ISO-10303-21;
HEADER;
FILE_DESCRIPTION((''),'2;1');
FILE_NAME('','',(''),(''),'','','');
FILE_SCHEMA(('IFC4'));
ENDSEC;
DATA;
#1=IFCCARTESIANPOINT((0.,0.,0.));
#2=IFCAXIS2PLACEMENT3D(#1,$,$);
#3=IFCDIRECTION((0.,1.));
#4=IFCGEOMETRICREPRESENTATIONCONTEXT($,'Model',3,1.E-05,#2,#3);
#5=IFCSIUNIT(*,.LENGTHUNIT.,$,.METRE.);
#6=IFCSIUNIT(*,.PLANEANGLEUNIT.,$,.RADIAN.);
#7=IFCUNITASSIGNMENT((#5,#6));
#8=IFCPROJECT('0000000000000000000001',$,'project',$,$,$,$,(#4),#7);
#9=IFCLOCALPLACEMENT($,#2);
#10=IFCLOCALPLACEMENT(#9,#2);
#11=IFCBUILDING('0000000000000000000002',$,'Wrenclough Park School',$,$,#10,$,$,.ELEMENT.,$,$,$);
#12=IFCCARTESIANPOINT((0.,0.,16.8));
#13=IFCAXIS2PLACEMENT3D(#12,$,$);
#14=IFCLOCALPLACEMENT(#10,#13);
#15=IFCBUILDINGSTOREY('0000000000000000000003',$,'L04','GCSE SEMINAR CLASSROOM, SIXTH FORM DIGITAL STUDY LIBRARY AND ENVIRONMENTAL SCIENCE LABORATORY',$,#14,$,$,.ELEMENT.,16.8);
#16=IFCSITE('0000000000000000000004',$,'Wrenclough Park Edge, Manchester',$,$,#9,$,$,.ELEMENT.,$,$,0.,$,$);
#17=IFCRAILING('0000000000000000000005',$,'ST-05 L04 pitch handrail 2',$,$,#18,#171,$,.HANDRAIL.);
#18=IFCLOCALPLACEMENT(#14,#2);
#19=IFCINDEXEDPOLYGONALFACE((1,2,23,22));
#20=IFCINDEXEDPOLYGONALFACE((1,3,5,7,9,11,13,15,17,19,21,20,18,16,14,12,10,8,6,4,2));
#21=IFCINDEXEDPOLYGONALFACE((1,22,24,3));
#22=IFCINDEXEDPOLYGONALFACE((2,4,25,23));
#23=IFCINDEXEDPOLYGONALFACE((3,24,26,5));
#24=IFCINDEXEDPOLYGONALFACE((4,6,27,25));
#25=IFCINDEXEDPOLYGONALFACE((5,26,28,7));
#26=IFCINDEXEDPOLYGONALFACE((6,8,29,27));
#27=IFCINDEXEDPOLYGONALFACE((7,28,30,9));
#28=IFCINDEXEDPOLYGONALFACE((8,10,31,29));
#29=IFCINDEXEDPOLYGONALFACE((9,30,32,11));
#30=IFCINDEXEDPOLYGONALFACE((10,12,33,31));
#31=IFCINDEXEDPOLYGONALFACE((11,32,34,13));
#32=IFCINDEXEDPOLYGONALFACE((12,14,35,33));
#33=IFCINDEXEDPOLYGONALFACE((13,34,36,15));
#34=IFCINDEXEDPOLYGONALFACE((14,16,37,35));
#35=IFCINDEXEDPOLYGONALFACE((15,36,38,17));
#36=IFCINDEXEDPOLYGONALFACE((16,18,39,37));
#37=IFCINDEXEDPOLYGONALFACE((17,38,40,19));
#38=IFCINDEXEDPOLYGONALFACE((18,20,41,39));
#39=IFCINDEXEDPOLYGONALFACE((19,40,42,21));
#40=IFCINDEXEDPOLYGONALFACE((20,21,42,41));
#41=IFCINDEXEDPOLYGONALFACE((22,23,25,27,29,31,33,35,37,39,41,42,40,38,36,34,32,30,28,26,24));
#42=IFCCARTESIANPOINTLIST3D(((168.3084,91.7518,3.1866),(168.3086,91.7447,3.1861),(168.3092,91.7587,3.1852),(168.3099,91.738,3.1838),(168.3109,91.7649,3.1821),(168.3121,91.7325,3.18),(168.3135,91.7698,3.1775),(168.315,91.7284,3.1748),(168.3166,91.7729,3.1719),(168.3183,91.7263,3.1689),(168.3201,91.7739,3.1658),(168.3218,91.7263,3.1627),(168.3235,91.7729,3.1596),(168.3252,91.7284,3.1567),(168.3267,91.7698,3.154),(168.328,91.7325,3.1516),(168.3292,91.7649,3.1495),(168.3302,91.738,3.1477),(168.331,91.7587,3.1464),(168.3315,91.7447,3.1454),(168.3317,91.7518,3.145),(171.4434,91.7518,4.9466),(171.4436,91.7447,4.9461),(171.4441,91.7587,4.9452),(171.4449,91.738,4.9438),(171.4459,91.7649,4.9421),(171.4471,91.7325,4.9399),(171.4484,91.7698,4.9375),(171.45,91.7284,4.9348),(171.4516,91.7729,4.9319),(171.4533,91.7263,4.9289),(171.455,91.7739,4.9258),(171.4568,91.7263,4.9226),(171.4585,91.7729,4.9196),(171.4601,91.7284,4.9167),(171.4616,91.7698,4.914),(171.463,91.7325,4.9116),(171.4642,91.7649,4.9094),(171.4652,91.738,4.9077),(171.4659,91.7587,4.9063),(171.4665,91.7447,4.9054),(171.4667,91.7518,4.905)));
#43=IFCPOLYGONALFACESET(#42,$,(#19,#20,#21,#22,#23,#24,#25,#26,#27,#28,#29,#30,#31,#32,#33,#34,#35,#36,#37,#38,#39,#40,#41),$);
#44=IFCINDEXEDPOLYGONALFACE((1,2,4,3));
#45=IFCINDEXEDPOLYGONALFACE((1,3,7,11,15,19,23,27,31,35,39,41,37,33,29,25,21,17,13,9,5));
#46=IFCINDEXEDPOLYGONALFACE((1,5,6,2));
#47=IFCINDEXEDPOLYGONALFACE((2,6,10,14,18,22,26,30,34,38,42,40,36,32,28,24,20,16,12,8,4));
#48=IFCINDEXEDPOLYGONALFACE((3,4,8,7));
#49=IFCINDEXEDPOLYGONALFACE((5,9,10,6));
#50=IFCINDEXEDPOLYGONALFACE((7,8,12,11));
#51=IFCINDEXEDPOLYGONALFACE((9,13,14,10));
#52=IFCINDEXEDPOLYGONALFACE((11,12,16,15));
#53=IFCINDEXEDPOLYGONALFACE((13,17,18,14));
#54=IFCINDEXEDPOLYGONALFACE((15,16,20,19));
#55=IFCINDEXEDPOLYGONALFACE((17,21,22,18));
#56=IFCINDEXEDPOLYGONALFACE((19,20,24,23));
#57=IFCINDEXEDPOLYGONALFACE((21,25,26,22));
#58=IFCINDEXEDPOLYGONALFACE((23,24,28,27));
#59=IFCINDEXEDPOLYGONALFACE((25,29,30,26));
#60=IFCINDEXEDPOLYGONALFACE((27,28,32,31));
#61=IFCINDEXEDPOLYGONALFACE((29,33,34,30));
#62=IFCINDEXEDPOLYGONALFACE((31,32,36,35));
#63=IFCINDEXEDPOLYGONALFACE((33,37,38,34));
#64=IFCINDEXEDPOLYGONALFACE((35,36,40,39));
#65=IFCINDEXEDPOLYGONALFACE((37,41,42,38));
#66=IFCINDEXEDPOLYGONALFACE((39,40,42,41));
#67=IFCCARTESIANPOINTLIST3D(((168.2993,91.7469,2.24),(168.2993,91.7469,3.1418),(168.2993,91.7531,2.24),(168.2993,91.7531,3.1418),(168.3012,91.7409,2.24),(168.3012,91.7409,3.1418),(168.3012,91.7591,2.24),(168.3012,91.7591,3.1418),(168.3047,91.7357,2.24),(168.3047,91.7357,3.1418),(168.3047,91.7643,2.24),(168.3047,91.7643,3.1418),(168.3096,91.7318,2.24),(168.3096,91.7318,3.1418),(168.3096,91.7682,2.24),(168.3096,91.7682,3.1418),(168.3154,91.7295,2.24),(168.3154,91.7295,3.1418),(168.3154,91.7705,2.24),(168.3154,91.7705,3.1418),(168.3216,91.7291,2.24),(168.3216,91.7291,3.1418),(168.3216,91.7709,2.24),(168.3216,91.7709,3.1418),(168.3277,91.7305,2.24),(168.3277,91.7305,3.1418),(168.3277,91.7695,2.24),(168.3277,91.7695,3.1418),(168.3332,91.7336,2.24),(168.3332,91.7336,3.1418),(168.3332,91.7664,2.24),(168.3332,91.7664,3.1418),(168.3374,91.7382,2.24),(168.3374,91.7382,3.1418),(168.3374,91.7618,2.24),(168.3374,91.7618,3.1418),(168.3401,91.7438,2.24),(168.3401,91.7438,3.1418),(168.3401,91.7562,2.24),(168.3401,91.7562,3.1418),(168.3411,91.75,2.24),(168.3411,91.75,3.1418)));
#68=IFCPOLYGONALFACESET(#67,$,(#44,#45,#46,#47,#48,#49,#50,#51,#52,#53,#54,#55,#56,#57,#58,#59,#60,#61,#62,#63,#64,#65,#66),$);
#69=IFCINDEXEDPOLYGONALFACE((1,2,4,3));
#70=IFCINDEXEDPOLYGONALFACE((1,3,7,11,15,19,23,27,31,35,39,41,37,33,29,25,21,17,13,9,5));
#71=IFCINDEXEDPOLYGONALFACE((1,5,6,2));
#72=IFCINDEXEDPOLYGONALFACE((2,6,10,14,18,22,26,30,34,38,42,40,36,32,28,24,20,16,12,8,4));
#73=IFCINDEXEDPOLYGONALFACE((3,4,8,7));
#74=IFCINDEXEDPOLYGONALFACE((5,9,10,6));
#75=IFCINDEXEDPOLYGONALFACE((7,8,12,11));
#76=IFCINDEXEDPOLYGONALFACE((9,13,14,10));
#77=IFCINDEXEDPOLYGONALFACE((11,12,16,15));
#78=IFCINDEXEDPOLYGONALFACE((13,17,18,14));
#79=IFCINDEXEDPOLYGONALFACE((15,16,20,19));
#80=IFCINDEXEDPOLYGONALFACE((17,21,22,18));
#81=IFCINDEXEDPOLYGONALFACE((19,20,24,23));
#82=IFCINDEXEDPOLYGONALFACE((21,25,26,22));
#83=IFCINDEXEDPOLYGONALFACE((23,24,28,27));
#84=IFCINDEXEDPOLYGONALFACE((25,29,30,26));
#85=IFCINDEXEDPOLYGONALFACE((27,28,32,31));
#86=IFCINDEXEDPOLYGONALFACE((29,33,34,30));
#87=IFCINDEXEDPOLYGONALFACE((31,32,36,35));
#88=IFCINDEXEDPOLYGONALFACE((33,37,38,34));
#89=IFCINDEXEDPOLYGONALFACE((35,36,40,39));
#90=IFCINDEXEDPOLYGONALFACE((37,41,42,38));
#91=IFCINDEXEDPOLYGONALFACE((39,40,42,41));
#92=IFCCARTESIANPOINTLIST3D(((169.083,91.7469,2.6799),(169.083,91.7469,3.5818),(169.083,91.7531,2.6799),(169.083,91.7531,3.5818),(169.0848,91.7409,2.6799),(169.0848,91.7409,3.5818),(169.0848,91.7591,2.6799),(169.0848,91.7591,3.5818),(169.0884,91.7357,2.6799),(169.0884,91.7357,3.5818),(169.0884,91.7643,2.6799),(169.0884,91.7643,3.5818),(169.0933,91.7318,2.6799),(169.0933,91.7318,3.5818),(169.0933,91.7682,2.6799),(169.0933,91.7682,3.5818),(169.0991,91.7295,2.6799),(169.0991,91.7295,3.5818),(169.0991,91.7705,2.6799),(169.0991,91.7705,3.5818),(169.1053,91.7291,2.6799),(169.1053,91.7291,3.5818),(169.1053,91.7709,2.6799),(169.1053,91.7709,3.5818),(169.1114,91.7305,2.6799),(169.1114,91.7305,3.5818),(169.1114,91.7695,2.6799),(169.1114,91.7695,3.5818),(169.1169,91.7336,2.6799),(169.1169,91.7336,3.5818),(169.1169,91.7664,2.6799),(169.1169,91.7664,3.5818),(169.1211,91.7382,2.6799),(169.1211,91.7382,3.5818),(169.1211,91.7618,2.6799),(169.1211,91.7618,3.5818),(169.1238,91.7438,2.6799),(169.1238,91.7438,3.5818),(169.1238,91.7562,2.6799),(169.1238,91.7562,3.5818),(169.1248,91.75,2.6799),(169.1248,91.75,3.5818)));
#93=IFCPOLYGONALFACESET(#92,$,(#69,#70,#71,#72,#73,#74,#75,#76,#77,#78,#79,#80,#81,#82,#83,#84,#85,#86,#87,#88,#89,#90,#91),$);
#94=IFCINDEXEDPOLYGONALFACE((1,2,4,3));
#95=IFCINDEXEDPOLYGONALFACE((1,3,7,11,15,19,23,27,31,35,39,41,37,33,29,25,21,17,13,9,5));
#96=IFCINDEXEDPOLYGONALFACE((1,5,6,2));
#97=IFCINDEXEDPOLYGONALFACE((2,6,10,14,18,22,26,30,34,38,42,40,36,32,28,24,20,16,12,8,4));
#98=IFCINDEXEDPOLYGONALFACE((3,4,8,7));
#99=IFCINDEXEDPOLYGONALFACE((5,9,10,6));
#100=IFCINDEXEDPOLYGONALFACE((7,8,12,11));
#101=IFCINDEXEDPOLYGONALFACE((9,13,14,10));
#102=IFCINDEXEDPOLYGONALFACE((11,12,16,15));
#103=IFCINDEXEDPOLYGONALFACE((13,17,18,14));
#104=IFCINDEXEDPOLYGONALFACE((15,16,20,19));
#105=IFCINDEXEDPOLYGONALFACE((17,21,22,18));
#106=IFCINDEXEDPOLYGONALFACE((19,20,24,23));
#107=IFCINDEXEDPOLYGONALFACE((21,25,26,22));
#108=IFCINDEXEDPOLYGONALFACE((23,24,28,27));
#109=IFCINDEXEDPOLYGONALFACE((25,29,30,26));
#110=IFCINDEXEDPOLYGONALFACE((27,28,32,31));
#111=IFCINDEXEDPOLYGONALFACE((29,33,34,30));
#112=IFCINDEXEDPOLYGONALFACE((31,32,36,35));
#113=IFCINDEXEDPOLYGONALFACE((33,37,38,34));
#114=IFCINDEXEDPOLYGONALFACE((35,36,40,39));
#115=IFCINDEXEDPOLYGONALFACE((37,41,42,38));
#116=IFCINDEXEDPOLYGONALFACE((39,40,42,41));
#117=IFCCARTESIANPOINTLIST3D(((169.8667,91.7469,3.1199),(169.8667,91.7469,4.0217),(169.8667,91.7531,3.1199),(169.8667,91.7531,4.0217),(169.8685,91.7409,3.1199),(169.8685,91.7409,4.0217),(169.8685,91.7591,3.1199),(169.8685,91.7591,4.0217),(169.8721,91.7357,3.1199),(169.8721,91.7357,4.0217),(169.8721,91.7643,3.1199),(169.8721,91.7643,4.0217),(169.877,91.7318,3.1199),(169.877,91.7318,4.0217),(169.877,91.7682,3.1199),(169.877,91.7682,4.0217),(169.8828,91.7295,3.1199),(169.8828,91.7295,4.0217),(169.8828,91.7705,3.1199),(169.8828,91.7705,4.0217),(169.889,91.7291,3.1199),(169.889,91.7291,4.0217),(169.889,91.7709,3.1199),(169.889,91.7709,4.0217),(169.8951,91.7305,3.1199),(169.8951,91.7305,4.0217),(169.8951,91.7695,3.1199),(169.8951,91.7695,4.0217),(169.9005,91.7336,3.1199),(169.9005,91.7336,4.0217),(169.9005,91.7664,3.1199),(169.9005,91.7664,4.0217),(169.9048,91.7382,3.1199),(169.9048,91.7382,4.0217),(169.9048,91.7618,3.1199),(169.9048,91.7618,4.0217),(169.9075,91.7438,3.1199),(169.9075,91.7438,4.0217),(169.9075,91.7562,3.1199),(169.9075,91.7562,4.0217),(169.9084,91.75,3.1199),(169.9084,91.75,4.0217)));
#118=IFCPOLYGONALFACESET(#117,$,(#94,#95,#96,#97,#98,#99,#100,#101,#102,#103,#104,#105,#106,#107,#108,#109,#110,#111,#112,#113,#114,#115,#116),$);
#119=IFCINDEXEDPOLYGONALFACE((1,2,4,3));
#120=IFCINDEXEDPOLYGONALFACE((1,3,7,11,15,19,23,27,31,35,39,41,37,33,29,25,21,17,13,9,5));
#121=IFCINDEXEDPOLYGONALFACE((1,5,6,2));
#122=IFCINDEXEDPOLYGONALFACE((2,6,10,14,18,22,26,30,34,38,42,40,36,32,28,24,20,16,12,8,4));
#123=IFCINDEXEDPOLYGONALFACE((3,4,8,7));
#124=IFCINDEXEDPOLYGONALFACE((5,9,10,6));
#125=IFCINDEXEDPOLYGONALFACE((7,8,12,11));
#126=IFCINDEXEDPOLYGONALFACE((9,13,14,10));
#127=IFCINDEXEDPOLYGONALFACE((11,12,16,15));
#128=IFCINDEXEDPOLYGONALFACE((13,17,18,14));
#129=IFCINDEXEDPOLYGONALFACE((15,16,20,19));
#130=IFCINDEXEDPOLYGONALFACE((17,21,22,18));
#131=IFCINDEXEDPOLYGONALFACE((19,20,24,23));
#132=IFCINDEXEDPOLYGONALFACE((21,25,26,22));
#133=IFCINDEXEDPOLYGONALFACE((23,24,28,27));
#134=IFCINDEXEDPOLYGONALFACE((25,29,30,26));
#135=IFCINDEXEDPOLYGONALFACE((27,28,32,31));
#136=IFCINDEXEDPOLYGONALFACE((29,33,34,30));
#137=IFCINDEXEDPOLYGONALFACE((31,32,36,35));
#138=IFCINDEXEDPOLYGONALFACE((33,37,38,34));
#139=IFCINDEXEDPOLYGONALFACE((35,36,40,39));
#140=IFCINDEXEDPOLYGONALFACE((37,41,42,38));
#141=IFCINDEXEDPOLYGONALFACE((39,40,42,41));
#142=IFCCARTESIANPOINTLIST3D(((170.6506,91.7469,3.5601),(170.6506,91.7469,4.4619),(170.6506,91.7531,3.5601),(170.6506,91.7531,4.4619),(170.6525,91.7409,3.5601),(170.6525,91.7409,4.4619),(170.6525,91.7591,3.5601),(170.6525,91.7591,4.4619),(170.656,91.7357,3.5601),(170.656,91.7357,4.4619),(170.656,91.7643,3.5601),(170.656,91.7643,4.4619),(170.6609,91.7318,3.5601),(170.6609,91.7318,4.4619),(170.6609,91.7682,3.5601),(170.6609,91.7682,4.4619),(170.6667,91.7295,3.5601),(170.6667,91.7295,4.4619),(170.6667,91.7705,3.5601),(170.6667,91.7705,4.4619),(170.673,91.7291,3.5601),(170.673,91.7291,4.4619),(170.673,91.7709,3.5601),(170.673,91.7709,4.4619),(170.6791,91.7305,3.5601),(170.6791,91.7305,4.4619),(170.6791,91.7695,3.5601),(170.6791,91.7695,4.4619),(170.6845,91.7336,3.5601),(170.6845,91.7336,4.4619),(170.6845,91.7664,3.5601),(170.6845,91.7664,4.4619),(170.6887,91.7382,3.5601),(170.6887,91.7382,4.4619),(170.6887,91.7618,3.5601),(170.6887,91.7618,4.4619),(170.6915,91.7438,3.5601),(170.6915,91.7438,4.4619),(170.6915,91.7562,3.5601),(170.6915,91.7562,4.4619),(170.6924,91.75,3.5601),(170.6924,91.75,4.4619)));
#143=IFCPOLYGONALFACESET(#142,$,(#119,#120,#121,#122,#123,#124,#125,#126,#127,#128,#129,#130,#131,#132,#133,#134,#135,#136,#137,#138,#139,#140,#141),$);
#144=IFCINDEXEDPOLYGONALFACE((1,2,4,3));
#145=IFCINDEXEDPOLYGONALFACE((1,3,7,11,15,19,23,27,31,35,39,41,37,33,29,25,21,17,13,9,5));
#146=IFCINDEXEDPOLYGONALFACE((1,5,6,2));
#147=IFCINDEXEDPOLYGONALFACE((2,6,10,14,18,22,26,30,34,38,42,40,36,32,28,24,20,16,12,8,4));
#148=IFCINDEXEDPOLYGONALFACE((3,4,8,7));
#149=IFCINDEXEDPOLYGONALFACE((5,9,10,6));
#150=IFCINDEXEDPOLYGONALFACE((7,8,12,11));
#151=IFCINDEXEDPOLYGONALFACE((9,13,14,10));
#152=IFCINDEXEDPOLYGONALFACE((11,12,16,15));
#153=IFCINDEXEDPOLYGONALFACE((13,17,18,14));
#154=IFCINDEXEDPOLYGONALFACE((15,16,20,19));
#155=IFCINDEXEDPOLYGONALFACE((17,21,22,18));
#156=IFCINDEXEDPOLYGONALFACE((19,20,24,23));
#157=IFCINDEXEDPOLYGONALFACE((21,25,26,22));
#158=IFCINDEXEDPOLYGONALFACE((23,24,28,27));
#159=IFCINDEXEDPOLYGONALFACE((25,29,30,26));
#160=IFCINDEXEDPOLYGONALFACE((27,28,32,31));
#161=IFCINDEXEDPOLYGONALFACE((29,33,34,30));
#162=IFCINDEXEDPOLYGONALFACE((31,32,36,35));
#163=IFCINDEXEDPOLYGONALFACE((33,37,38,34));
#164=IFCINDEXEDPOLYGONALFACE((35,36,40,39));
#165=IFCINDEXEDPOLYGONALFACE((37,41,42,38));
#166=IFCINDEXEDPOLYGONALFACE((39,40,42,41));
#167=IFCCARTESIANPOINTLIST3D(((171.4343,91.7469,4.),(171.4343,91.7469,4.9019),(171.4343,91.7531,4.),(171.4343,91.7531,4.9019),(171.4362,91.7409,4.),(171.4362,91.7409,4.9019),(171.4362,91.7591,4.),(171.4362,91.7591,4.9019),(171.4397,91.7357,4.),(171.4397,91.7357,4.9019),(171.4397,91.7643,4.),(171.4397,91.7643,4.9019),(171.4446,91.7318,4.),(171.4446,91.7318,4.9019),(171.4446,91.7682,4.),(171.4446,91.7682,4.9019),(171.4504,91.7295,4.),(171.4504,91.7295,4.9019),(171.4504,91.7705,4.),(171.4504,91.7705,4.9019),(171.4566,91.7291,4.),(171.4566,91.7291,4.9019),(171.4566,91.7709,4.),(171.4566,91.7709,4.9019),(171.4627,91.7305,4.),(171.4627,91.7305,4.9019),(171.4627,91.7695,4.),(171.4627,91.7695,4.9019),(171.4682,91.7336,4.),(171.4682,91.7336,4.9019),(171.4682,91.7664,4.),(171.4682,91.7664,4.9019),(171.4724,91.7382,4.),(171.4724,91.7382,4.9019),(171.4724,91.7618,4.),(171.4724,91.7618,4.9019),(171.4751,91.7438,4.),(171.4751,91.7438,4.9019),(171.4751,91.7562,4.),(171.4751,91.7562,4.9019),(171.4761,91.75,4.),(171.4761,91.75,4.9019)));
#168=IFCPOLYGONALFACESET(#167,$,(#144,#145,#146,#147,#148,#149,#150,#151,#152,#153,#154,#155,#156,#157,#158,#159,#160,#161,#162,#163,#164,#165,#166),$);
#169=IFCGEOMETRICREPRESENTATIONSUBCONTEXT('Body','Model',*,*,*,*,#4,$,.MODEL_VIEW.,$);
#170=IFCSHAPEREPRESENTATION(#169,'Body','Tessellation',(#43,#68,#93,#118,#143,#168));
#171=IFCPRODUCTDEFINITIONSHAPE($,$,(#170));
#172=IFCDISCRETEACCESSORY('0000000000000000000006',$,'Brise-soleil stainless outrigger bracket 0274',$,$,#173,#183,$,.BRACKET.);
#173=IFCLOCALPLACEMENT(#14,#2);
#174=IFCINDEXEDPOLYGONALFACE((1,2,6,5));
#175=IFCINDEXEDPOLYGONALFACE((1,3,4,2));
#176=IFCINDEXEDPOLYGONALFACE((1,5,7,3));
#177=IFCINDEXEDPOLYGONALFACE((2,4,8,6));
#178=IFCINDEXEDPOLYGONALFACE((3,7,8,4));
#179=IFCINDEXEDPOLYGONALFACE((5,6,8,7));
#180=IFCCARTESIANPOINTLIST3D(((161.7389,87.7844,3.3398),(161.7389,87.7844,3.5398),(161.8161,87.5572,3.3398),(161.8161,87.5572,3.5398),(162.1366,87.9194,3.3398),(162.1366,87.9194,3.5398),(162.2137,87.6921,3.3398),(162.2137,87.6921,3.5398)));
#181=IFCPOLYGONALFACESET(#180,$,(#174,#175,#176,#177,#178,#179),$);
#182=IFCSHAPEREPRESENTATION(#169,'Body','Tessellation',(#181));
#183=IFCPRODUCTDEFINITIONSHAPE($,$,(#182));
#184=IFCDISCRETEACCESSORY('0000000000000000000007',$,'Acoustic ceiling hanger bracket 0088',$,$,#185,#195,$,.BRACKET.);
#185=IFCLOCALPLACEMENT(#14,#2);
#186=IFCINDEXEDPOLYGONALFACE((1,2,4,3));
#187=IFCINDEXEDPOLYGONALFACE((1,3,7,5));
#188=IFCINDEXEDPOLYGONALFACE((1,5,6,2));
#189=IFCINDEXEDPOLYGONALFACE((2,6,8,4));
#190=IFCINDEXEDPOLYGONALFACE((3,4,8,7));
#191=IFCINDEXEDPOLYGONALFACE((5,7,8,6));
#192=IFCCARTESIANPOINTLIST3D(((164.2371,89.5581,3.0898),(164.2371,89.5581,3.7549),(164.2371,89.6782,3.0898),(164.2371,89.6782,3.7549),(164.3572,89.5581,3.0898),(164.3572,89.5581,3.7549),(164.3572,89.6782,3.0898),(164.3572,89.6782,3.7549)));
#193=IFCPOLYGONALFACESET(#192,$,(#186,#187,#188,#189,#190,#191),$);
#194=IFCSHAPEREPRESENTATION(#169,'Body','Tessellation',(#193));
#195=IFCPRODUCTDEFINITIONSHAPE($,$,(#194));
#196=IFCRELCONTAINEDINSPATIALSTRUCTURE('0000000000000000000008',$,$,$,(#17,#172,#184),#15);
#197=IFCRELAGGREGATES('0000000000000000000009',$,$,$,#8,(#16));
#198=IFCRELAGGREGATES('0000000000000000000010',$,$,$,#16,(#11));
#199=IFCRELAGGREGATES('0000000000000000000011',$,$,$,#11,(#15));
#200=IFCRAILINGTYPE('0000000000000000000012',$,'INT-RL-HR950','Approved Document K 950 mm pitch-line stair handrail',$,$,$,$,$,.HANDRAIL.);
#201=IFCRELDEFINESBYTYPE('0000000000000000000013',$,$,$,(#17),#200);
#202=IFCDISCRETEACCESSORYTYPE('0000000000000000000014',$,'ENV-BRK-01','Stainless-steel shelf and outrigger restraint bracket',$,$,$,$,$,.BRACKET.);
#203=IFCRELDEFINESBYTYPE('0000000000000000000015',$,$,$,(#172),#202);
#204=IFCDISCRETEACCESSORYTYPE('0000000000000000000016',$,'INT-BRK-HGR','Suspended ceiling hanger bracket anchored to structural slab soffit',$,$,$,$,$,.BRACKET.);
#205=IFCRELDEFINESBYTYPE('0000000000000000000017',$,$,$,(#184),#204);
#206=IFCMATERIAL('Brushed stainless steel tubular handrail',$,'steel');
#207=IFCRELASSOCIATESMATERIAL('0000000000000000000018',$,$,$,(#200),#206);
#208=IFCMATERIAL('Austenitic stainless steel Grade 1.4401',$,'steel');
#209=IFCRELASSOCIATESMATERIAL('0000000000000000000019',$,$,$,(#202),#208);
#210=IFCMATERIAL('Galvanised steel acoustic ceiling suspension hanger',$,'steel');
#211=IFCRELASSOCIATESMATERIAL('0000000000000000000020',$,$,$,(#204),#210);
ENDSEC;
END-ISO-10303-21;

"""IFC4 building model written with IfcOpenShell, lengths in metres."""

from ifc_helpers import new_model, si_unit, direction, frame, origin, origin_2d, place, context, subcontext, project, spatial, rectangle, circle, extrude, material, type_object, element, save


model = new_model("IFC4")

# Units and contexts
model_context = context("Model", 3, precision=1e-05, world=origin(), true_north=direction((0.0, 1.0)))
body_context = subcontext(model_context, "Body", "Model", "MODEL_VIEW")
ifc_project = project(units=[si_unit("LENGTHUNIT", "METRE"), si_unit("PLANEANGLEUNIT", "RADIAN")], contexts=[model_context])

# Site, building, storey
site_placement = place(None, origin())
site = spatial("IfcSite", under=ifc_project, at=site_placement, Name="Wrenclough Park Edge, Manchester", CompositionType="ELEMENT", RefElevation=0.0)
building_placement = place(site_placement, origin())
building = spatial("IfcBuilding", under=site, at=building_placement, Name="Wrenclough Park School", CompositionType="ELEMENT")
storey_placement = place(building_placement, frame((0.0, 0.0, 16.8)))
storey = spatial("IfcBuildingStorey", under=building, at=storey_placement, Name="L04", Description="GCSE SEMINAR CLASSROOM, SIXTH FORM DIGITAL STUDY LIBRARY AND ENVIRONMENTAL SCIENCE LABORATORY", CompositionType="ELEMENT", Elevation=16.8)

# Railing
ifc_material_1 = material(Name="Brushed stainless steel tubular handrail", Category="steel")
railing_type_1 = type_object("IfcRailingType", Name="INT-RL-HR950", Description="Approved Document K 950 mm pitch-line stair handrail", PredefinedType="HANDRAIL", material=ifc_material_1)
railing_1_placement = place(storey_placement, frame((168.3201, 91.75, 2.24)))
element("IfcRailing", 1, at=railing_1_placement, inside=storey, type_object=railing_type_1, Name="ST-05 L04 pitch handrail 2", PredefinedType="HANDRAIL", context=body_context, shape_type="SweptSolid", body=[
    extrude(circle(Radius=0.0239, at=origin_2d()), frame((0.0, 0.0, 0.9258), z_axis=(0.871983, 0.0, 0.489536), x_axis=(0.0, 1.0, 0.0)), (0.0, 0.0, 1.0), 3.5952),
    extrude(circle(Radius=0.021, at=origin_2d()), origin(), (0.0, 0.0, 1.0), 0.9019),
    extrude(circle(Radius=0.021, at=origin_2d()), frame((0.7837, 0.0, 0.4399)), (0.0, 0.0, 1.0), 0.9019),
    extrude(circle(Radius=0.021, at=origin_2d()), frame((1.5674, 0.0, 0.8799)), (0.0, 0.0, 1.0), 0.9019),
    extrude(circle(Radius=0.021, at=origin_2d()), frame((2.3513, 0.0, 1.3201)), (0.0, 0.0, 1.0), 0.9019),
    extrude(circle(Radius=0.021, at=origin_2d()), frame((3.135, 0.0, 1.76)), (0.0, 0.0, 1.0), 0.9019),
])

# Discrete accessories
ifc_material_2 = material(Name="Austenitic stainless steel Grade 1.4401", Category="steel")
discrete_accessory_type_1 = type_object("IfcDiscreteAccessoryType", Name="ENV-BRK-01", Description="Stainless-steel shelf and outrigger restraint bracket", PredefinedType="BRACKET", material=ifc_material_2)
discrete_accessory_1_placement = place(storey_placement, frame((161.9763, 87.7383, 3.3398), z_axis=(0.0, 0.0, 1.0), x_axis=(0.321421, -0.946937, 0.0)))
element("IfcDiscreteAccessory", 2, at=discrete_accessory_1_placement, inside=storey, type_object=discrete_accessory_type_1, Name="Brise-soleil stainless outrigger bracket 0274", PredefinedType="BRACKET", context=body_context, shape_type="SweptSolid", body=[
    extrude(rectangle(XDim=0.24, YDim=0.4199, at=origin_2d()), origin(), (0.0, 0.0, 1.0), 0.2),
])
ifc_material_3 = material(Name="Galvanised steel acoustic ceiling suspension hanger", Category="steel")
discrete_accessory_type_2 = type_object("IfcDiscreteAccessoryType", Name="INT-BRK-HGR", Description="Suspended ceiling hanger bracket anchored to structural slab soffit", PredefinedType="BRACKET", material=ifc_material_3)
discrete_accessory_2_placement = place(storey_placement, frame((164.2971, 89.6182, 3.0898), z_axis=(0.0, 0.0, 1.0), x_axis=(1.0, 0.0, 0.0)))
element("IfcDiscreteAccessory", 3, at=discrete_accessory_2_placement, inside=storey, type_object=discrete_accessory_type_2, Name="Acoustic ceiling hanger bracket 0088", PredefinedType="BRACKET", context=body_context, shape_type="SweptSolid", body=[
    extrude(rectangle(XDim=0.1201, YDim=0.1201, at=origin_2d()), origin(), (0.0, 0.0, 1.0), 0.665),
])

save(model, "model.ifc")
